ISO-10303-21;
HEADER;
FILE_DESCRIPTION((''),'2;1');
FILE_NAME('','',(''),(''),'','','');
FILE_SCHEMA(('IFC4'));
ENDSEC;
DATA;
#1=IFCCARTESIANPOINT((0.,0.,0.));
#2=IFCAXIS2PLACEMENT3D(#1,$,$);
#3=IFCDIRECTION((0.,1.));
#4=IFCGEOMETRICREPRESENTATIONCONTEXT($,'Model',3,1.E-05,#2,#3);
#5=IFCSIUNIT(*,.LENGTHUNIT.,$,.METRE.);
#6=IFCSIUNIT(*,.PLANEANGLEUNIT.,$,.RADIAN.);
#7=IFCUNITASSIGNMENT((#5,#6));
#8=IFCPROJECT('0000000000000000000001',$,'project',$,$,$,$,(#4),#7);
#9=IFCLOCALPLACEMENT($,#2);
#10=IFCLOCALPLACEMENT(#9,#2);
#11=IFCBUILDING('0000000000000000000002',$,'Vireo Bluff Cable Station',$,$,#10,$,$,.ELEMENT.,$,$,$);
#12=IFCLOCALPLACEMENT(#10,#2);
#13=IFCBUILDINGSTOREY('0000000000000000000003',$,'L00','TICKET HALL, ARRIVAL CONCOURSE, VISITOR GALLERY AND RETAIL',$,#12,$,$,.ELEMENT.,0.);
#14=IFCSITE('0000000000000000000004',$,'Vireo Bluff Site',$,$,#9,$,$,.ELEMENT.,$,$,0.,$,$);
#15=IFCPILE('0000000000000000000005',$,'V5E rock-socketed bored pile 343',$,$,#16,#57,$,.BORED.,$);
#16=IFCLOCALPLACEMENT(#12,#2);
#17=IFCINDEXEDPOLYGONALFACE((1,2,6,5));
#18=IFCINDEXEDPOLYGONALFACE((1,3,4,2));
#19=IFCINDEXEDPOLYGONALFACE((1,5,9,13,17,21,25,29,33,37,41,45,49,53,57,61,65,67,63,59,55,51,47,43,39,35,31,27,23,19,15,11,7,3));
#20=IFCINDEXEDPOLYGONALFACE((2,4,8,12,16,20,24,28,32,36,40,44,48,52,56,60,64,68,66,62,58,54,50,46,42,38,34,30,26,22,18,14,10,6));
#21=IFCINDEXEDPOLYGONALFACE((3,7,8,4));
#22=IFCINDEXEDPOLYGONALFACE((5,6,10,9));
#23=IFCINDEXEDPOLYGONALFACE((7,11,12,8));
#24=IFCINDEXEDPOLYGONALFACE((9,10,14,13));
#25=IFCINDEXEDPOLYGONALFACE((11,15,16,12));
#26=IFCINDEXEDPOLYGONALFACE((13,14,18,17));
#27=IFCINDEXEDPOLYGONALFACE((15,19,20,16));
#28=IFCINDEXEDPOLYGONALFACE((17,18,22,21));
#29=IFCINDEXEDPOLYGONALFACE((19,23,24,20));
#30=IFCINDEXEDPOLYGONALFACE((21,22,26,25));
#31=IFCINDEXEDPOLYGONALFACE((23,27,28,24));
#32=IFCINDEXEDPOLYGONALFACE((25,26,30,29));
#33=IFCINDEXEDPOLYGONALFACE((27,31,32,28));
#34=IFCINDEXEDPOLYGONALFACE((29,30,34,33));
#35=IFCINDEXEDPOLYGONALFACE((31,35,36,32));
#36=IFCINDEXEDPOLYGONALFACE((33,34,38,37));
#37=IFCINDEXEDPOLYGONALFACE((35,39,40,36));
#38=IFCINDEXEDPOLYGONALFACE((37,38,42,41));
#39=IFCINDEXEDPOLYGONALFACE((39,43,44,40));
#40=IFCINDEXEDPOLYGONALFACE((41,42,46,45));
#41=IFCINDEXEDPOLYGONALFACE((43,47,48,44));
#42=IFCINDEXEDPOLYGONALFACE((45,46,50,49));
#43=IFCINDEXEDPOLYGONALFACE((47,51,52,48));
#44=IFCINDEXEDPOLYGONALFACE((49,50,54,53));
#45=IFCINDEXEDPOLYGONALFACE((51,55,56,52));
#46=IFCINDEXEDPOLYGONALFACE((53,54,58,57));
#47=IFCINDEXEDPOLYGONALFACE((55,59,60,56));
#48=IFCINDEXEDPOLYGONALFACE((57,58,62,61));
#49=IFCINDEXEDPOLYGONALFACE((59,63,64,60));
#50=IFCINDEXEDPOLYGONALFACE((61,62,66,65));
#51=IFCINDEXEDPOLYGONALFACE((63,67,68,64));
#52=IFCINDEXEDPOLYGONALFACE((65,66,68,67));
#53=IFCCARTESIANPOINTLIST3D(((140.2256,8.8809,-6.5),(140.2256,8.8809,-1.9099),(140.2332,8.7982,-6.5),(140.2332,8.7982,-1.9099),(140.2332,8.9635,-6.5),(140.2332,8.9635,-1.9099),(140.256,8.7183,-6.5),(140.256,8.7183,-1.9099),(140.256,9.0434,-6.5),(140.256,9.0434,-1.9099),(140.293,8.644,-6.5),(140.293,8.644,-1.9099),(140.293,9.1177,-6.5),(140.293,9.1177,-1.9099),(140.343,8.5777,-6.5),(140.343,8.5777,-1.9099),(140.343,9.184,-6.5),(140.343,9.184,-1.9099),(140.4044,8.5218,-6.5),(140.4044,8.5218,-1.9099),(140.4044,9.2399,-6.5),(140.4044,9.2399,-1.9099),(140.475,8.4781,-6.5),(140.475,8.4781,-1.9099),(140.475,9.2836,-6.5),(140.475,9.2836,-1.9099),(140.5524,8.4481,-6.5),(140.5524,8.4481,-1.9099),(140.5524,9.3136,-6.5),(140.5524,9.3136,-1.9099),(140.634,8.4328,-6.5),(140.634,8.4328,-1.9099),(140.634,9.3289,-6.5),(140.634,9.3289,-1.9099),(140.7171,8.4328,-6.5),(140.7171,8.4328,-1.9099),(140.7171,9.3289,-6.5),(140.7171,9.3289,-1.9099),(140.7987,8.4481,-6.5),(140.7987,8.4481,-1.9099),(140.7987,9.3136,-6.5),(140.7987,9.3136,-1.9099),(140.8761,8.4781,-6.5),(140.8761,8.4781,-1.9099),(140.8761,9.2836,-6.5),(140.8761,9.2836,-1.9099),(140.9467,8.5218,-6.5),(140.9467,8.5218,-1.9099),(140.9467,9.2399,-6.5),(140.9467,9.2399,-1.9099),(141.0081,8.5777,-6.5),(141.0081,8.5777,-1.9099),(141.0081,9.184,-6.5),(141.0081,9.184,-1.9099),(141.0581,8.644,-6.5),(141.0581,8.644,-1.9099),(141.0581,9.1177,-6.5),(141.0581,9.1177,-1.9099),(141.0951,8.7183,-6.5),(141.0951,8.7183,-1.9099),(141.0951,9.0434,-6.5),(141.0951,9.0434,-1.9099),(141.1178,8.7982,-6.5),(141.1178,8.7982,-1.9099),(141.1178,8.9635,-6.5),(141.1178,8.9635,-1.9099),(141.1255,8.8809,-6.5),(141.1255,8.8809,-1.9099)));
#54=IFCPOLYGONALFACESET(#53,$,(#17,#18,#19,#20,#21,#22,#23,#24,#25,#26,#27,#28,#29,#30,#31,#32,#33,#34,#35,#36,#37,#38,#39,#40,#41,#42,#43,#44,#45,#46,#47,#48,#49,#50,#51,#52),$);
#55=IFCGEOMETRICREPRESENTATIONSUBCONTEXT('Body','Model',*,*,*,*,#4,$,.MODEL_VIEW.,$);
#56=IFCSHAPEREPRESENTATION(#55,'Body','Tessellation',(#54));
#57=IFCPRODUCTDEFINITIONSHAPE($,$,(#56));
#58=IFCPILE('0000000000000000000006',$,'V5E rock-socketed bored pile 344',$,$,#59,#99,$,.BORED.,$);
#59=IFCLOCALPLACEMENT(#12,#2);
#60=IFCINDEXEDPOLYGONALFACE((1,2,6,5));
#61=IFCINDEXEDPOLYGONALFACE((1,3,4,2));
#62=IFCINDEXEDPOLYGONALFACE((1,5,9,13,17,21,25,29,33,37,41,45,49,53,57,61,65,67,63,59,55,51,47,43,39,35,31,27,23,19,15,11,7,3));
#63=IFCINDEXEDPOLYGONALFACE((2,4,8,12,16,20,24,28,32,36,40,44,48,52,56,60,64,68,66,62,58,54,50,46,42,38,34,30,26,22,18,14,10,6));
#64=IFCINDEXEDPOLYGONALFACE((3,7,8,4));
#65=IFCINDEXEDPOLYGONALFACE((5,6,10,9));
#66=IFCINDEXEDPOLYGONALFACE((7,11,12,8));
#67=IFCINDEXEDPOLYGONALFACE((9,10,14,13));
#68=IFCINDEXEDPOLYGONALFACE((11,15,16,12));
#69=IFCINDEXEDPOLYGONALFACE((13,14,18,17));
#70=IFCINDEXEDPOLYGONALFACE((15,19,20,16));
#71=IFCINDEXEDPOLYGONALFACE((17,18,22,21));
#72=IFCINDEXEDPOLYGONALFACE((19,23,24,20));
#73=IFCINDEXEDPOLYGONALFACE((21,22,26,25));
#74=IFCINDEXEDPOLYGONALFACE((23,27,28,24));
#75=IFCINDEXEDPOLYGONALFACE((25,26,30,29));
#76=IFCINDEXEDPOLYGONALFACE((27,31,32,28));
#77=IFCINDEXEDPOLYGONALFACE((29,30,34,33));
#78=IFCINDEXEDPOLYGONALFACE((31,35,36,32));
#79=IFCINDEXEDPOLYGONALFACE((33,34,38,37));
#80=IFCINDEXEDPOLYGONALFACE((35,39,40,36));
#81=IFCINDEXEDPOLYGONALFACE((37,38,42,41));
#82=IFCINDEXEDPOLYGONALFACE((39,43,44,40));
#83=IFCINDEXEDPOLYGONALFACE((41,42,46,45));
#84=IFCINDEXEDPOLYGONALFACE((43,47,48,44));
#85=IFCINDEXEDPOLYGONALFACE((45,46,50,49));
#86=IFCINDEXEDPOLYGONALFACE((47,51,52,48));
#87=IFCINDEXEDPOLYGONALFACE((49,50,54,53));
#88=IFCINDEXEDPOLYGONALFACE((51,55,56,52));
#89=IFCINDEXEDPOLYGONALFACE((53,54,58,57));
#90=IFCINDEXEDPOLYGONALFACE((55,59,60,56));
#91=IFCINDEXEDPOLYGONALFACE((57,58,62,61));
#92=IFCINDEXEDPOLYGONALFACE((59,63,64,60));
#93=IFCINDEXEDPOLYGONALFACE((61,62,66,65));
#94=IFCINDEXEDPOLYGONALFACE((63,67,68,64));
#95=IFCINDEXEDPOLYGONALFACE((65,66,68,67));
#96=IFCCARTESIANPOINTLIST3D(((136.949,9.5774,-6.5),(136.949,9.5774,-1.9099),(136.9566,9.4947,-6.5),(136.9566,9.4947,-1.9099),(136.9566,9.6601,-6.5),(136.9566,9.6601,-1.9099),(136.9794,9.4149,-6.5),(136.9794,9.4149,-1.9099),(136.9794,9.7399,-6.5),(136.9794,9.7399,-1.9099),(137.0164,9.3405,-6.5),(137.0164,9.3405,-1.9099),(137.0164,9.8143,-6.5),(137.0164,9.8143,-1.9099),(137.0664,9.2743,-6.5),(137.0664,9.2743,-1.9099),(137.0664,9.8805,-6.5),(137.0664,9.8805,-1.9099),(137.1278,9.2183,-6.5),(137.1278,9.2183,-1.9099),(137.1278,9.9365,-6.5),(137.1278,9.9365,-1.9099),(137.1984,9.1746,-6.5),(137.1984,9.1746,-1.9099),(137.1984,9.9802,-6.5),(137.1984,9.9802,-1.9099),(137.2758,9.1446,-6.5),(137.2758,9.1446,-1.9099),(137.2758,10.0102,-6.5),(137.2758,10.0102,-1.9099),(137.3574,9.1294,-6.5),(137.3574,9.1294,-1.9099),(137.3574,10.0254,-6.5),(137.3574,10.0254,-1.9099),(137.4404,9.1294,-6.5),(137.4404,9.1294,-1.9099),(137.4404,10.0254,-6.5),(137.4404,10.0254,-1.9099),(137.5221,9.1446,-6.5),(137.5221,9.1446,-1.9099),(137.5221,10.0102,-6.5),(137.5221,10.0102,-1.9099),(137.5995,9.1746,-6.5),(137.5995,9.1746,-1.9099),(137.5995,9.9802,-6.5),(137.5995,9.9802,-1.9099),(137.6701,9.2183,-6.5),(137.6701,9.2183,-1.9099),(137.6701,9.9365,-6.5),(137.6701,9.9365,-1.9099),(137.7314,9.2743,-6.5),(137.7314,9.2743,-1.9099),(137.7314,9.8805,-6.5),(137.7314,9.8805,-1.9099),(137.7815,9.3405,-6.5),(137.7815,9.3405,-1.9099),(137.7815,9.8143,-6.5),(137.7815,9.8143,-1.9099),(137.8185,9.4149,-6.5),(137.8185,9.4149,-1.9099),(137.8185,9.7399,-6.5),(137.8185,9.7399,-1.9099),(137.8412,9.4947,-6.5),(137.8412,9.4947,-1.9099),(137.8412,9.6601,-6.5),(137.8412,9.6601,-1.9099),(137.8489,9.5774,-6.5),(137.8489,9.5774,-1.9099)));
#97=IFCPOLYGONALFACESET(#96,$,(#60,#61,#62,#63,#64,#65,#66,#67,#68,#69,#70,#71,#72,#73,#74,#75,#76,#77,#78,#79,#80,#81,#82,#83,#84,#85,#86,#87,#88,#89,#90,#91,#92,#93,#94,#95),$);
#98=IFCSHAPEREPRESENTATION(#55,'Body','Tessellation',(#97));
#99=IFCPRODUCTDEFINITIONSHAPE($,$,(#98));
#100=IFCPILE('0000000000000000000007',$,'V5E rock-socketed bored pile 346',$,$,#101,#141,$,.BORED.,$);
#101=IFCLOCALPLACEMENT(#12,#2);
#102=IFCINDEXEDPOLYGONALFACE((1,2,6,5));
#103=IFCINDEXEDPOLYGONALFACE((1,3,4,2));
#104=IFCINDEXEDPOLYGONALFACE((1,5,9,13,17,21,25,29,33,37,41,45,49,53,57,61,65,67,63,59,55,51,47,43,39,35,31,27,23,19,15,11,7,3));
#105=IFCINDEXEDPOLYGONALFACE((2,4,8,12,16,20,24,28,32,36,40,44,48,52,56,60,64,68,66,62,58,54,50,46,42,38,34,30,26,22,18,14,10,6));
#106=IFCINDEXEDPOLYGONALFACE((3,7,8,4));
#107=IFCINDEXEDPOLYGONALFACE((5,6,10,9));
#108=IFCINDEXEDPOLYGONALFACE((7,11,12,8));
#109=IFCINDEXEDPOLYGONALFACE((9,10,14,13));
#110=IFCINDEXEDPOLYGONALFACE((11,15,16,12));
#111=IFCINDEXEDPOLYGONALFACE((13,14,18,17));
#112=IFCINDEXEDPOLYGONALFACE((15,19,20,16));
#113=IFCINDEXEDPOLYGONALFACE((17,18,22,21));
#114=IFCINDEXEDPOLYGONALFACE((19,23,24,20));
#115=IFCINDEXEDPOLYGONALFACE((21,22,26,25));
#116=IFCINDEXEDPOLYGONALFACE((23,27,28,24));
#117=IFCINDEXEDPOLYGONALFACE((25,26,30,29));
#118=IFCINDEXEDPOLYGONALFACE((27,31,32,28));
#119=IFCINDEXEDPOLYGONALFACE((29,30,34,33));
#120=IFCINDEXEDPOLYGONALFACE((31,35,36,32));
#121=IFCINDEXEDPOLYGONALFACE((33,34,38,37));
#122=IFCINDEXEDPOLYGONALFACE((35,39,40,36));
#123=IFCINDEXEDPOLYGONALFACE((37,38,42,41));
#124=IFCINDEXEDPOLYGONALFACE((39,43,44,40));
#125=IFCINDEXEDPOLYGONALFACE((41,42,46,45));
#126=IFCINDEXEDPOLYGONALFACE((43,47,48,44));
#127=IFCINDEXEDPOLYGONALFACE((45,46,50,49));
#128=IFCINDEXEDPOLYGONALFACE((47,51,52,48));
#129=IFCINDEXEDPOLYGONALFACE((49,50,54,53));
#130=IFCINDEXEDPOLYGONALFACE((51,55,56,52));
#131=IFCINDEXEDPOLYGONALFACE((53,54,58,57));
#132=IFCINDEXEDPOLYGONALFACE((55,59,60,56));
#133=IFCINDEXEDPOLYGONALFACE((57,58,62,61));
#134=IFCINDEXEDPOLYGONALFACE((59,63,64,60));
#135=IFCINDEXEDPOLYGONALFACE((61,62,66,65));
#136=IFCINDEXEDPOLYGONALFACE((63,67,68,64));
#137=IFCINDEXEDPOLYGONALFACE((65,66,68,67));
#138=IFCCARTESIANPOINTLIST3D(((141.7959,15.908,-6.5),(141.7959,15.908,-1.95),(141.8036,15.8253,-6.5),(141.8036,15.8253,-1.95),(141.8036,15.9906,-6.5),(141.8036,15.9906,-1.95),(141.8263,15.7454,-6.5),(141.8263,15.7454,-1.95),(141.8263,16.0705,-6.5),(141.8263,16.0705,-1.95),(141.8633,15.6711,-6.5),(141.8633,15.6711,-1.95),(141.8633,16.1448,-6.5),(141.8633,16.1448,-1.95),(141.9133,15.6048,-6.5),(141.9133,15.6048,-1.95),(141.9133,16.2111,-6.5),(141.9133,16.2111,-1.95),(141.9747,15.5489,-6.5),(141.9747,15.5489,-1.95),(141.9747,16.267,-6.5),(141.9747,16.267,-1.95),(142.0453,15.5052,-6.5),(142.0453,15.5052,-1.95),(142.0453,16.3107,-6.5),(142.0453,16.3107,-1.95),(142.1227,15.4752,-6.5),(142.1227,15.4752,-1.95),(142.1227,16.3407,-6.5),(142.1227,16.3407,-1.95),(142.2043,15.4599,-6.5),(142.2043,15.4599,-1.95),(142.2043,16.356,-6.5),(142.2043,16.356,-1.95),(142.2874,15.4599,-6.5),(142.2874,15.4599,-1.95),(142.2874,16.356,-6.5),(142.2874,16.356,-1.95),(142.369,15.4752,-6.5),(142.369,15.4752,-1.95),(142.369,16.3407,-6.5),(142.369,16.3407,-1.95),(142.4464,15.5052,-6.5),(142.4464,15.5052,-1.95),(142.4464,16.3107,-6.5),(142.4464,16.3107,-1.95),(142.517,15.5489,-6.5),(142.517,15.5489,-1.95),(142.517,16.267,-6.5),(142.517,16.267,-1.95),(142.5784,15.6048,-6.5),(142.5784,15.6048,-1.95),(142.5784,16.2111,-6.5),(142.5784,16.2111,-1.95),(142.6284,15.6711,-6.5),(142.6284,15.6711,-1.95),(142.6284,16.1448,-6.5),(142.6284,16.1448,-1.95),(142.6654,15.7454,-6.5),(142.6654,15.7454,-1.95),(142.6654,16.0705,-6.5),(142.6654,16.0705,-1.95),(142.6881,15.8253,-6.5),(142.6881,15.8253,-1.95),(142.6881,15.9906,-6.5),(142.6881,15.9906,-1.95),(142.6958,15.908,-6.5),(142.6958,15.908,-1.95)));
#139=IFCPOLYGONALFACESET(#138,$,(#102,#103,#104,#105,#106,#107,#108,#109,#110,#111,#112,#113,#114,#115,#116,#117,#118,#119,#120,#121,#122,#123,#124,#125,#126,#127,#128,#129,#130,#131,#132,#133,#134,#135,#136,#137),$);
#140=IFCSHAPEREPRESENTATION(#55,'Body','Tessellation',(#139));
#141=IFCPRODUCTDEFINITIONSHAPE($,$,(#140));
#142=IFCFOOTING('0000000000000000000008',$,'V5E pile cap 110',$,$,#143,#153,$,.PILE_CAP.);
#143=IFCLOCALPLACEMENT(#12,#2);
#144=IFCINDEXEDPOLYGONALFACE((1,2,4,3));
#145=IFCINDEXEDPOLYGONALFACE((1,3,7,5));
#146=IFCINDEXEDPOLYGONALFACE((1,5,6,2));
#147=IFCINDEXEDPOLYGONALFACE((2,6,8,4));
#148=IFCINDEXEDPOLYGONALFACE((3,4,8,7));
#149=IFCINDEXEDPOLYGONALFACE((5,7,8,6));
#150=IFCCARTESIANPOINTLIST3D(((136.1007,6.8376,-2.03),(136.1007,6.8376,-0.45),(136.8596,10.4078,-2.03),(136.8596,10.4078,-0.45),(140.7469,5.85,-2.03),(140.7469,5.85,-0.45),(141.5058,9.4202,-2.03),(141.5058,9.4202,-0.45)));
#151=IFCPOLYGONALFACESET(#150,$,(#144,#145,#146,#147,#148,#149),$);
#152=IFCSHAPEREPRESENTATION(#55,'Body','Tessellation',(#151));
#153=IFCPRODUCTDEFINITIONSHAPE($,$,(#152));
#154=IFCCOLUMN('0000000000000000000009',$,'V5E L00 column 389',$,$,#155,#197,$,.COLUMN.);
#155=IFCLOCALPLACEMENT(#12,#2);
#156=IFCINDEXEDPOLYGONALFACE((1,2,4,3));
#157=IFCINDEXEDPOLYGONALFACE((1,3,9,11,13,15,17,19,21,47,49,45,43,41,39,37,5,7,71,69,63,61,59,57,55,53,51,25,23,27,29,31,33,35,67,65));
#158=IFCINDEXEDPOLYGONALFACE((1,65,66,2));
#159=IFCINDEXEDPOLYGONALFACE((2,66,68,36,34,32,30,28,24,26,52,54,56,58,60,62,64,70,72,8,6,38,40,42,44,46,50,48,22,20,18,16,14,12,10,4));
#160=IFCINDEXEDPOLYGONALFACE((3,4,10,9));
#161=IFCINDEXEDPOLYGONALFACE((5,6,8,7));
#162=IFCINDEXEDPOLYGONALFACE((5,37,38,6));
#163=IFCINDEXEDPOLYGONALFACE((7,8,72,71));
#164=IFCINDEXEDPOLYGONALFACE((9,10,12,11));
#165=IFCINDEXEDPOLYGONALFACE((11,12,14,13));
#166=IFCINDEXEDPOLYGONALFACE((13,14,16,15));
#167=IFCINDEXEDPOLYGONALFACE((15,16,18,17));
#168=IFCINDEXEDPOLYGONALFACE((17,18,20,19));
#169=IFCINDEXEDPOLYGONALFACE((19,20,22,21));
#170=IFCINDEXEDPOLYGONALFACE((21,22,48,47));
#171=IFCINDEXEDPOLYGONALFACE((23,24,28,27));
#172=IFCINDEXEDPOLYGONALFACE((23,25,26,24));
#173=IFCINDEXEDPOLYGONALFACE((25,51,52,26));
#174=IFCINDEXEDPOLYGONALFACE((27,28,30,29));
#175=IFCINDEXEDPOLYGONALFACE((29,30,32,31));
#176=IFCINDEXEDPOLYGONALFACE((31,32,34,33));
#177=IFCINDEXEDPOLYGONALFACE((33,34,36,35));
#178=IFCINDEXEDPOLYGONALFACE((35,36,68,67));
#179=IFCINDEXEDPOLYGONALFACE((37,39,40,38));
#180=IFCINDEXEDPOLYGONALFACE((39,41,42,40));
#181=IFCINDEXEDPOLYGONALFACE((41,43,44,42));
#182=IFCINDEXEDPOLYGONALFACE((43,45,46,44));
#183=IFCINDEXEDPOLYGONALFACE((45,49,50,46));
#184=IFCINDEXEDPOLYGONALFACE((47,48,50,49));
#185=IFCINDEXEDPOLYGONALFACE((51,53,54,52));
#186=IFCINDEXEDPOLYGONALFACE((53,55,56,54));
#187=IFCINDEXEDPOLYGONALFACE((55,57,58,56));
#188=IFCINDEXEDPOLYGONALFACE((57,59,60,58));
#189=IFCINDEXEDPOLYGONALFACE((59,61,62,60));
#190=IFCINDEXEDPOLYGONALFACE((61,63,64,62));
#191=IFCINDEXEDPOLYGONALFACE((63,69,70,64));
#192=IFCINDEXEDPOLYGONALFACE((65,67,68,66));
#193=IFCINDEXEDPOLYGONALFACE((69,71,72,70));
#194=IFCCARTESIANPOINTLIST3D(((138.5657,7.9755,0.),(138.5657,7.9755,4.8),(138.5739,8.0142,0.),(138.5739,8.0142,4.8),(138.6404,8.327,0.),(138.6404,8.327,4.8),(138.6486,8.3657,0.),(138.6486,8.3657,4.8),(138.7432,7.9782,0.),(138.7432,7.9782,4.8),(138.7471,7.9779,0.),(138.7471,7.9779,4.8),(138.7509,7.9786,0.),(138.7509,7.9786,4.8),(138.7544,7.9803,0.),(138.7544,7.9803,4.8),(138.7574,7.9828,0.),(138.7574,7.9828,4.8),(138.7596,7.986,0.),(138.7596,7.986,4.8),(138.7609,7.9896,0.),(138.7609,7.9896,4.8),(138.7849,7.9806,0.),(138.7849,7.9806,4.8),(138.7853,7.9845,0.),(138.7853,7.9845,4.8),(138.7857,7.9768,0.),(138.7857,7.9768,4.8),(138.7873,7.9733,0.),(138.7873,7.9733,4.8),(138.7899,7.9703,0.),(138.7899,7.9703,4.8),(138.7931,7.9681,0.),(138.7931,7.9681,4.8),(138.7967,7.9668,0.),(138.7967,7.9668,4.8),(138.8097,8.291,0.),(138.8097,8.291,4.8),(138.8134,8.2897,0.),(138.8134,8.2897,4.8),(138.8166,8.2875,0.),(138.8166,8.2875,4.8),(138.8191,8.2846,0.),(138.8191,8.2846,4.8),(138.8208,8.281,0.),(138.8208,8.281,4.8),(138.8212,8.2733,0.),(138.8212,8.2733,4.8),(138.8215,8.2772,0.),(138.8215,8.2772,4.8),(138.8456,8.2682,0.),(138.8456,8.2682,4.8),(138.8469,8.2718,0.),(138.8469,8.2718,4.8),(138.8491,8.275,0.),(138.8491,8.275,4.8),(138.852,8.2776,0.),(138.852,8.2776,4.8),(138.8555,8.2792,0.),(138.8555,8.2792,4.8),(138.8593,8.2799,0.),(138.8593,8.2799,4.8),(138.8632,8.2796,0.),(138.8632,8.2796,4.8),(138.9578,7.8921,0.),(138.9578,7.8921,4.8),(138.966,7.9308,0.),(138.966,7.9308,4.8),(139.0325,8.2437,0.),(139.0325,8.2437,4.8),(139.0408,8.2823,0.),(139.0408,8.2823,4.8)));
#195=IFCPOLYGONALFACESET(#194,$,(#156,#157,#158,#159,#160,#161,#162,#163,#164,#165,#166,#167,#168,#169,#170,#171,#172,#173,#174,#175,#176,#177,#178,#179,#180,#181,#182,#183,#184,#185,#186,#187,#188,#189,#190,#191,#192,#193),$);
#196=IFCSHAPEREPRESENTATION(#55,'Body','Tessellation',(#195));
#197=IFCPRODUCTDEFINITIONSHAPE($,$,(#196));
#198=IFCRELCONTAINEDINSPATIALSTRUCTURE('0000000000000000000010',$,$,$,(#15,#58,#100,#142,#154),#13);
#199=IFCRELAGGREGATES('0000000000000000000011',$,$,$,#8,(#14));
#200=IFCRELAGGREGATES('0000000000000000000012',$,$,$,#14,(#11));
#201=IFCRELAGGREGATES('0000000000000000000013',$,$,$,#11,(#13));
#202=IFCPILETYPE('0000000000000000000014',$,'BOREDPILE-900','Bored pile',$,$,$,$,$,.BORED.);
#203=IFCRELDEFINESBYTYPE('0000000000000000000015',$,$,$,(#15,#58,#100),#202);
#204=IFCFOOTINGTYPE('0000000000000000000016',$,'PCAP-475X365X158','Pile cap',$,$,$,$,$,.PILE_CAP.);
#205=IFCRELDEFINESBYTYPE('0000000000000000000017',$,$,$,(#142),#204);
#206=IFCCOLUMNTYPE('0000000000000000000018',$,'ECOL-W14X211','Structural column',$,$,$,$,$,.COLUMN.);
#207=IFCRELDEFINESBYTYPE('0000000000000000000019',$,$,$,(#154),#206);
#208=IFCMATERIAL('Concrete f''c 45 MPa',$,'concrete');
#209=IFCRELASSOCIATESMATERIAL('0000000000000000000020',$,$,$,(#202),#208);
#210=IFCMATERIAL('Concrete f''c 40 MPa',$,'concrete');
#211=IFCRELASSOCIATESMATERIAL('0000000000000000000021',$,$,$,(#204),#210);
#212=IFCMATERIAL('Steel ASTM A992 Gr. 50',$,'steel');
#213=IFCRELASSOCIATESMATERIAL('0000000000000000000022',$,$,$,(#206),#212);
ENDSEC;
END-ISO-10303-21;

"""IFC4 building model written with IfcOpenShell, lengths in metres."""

from ifc_helpers import new_model, si_unit, direction, frame, origin, origin_2d, place, context, subcontext, project, spatial, rectangle, circle, i_section, extrude, material, material_profile, profile_set, type_object, element, save


model = new_model("IFC4")

# Units and contexts
model_context = context("Model", 3, precision=1e-05, world=origin(), true_north=direction((0.0, 1.0)))
body_context = subcontext(model_context, "Body", "Model", "MODEL_VIEW")
ifc_project = project(units=[si_unit("LENGTHUNIT", "METRE"), si_unit("PLANEANGLEUNIT", "RADIAN")], contexts=[model_context])

# Site, building, storey
site_placement = place(None, origin())
site = spatial("IfcSite", under=ifc_project, at=site_placement, Name="Vireo Bluff Site", CompositionType="ELEMENT", RefElevation=0.0)
building_placement = place(site_placement, origin())
building = spatial("IfcBuilding", under=site, at=building_placement, Name="Vireo Bluff Cable Station", CompositionType="ELEMENT")
storey_placement = place(building_placement, origin())
storey = spatial("IfcBuildingStorey", under=building, at=storey_placement, Name="L00", Description="TICKET HALL, ARRIVAL CONCOURSE, VISITOR GALLERY AND RETAIL", CompositionType="ELEMENT", Elevation=0.0)

# Piles
ifc_material_1 = material(Name="Concrete f'c 45 MPa", Category="concrete")
ifc_material_profile_1 = material_profile(ifc_material_1, circle(Radius=0.45, at=origin_2d()), Name="BOREDPILE-900")
ifc_profile_set_1 = profile_set([ifc_material_profile_1], Name="Concrete f'c 45 MPa")
pile_type = type_object("IfcPileType", Name="BOREDPILE-900", Description="Bored pile", PredefinedType="BORED", material=ifc_profile_set_1)
for number, where, z_axis, x_axis, name in (
    (1, (140.6755, 8.8809, -1.9099), (0.0, 0.0, -1.0), (1.0, 0.0, 0.0), "V5E rock-socketed bored pile 343"),
    (2, (137.3989, 9.5774, -1.9099), (0.0, 0.0, -1.0), (1.0, 0.0, 0.0), "V5E rock-socketed bored pile 344"),
):
    element("IfcPile", number, at=place(storey_placement, frame(where, z_axis=z_axis, x_axis=x_axis)), inside=storey, type_object=pile_type, Name=name, PredefinedType="BORED", context=body_context, shape_type="SweptSolid", body=[
        extrude(circle(Radius=0.45, at=origin_2d()), origin(), (0.0, 0.0, 1.0), 4.5901),
    ])
pile_placement = place(storey_placement, frame((142.2458, 15.908, -1.95), z_axis=(0.0, 0.0, -1.0), x_axis=(1.0, 0.0, 0.0)))
element("IfcPile", 3, at=pile_placement, inside=storey, type_object=pile_type, Name="V5E rock-socketed bored pile 346", PredefinedType="BORED", context=body_context, shape_type="SweptSolid", body=[
    extrude(circle(Radius=0.45, at=origin_2d()), origin(), (0.0, 0.0, 1.0), 4.55),
])

# Footing
ifc_material_2 = material(Name="Concrete f'c 40 MPa", Category="concrete")
footing_type = type_object("IfcFootingType", Name="PCAP-475X365X158", Description="Pile cap", PredefinedType="PILE_CAP", material=ifc_material_2)
footing_placement = place(storey_placement, frame((138.8032, 8.1289, -2.03), z_axis=(0.0, 0.0, 1.0), x_axis=(0.978148, -0.207912, 0.0)))
element("IfcFooting", 4, at=footing_placement, inside=storey, type_object=footing_type, Name="V5E pile cap 110", PredefinedType="PILE_CAP", context=body_context, shape_type="SweptSolid", body=[
    extrude(rectangle(XDim=4.75, YDim=3.6499, at=origin_2d()), origin(), (0.0, 0.0, 1.0), 1.5801),
])

# Column
ifc_material_3 = material(Name="Steel ASTM A992 Gr. 50", Category="steel")
ifc_material_profile_2 = material_profile(ifc_material_3, i_section(OverallWidth=0.4009, OverallDepth=0.3989, WebThickness=0.0249, FlangeThickness=0.0396, FilletRadius=0.0149, at=origin_2d()), Name="W14X211")
ifc_profile_set_2 = profile_set([ifc_material_profile_2], Name="Steel ASTM A992 Gr. 50")
column_type = type_object("IfcColumnType", Name="ECOL-W14X211", Description="Structural column", PredefinedType="COLUMN", material=ifc_profile_set_2)
column_placement = place(storey_placement, frame((138.8032, 8.1289, 0.0), z_axis=(0.0, 0.0, 1.0), x_axis=(0.978148, -0.207912, 0.0)))
element("IfcColumn", 5, at=column_placement, inside=storey, type_object=column_type, Name="V5E L00 column 389", PredefinedType="COLUMN", context=body_context, shape_type="SweptSolid", body=[
    extrude(i_section(OverallWidth=0.4009, OverallDepth=0.3989, WebThickness=0.0249, FlangeThickness=0.0396, FilletRadius=0.0149, at=origin_2d()), origin(), (0.0, 0.0, 1.0), 4.8),
])

save(model, "model.ifc")
